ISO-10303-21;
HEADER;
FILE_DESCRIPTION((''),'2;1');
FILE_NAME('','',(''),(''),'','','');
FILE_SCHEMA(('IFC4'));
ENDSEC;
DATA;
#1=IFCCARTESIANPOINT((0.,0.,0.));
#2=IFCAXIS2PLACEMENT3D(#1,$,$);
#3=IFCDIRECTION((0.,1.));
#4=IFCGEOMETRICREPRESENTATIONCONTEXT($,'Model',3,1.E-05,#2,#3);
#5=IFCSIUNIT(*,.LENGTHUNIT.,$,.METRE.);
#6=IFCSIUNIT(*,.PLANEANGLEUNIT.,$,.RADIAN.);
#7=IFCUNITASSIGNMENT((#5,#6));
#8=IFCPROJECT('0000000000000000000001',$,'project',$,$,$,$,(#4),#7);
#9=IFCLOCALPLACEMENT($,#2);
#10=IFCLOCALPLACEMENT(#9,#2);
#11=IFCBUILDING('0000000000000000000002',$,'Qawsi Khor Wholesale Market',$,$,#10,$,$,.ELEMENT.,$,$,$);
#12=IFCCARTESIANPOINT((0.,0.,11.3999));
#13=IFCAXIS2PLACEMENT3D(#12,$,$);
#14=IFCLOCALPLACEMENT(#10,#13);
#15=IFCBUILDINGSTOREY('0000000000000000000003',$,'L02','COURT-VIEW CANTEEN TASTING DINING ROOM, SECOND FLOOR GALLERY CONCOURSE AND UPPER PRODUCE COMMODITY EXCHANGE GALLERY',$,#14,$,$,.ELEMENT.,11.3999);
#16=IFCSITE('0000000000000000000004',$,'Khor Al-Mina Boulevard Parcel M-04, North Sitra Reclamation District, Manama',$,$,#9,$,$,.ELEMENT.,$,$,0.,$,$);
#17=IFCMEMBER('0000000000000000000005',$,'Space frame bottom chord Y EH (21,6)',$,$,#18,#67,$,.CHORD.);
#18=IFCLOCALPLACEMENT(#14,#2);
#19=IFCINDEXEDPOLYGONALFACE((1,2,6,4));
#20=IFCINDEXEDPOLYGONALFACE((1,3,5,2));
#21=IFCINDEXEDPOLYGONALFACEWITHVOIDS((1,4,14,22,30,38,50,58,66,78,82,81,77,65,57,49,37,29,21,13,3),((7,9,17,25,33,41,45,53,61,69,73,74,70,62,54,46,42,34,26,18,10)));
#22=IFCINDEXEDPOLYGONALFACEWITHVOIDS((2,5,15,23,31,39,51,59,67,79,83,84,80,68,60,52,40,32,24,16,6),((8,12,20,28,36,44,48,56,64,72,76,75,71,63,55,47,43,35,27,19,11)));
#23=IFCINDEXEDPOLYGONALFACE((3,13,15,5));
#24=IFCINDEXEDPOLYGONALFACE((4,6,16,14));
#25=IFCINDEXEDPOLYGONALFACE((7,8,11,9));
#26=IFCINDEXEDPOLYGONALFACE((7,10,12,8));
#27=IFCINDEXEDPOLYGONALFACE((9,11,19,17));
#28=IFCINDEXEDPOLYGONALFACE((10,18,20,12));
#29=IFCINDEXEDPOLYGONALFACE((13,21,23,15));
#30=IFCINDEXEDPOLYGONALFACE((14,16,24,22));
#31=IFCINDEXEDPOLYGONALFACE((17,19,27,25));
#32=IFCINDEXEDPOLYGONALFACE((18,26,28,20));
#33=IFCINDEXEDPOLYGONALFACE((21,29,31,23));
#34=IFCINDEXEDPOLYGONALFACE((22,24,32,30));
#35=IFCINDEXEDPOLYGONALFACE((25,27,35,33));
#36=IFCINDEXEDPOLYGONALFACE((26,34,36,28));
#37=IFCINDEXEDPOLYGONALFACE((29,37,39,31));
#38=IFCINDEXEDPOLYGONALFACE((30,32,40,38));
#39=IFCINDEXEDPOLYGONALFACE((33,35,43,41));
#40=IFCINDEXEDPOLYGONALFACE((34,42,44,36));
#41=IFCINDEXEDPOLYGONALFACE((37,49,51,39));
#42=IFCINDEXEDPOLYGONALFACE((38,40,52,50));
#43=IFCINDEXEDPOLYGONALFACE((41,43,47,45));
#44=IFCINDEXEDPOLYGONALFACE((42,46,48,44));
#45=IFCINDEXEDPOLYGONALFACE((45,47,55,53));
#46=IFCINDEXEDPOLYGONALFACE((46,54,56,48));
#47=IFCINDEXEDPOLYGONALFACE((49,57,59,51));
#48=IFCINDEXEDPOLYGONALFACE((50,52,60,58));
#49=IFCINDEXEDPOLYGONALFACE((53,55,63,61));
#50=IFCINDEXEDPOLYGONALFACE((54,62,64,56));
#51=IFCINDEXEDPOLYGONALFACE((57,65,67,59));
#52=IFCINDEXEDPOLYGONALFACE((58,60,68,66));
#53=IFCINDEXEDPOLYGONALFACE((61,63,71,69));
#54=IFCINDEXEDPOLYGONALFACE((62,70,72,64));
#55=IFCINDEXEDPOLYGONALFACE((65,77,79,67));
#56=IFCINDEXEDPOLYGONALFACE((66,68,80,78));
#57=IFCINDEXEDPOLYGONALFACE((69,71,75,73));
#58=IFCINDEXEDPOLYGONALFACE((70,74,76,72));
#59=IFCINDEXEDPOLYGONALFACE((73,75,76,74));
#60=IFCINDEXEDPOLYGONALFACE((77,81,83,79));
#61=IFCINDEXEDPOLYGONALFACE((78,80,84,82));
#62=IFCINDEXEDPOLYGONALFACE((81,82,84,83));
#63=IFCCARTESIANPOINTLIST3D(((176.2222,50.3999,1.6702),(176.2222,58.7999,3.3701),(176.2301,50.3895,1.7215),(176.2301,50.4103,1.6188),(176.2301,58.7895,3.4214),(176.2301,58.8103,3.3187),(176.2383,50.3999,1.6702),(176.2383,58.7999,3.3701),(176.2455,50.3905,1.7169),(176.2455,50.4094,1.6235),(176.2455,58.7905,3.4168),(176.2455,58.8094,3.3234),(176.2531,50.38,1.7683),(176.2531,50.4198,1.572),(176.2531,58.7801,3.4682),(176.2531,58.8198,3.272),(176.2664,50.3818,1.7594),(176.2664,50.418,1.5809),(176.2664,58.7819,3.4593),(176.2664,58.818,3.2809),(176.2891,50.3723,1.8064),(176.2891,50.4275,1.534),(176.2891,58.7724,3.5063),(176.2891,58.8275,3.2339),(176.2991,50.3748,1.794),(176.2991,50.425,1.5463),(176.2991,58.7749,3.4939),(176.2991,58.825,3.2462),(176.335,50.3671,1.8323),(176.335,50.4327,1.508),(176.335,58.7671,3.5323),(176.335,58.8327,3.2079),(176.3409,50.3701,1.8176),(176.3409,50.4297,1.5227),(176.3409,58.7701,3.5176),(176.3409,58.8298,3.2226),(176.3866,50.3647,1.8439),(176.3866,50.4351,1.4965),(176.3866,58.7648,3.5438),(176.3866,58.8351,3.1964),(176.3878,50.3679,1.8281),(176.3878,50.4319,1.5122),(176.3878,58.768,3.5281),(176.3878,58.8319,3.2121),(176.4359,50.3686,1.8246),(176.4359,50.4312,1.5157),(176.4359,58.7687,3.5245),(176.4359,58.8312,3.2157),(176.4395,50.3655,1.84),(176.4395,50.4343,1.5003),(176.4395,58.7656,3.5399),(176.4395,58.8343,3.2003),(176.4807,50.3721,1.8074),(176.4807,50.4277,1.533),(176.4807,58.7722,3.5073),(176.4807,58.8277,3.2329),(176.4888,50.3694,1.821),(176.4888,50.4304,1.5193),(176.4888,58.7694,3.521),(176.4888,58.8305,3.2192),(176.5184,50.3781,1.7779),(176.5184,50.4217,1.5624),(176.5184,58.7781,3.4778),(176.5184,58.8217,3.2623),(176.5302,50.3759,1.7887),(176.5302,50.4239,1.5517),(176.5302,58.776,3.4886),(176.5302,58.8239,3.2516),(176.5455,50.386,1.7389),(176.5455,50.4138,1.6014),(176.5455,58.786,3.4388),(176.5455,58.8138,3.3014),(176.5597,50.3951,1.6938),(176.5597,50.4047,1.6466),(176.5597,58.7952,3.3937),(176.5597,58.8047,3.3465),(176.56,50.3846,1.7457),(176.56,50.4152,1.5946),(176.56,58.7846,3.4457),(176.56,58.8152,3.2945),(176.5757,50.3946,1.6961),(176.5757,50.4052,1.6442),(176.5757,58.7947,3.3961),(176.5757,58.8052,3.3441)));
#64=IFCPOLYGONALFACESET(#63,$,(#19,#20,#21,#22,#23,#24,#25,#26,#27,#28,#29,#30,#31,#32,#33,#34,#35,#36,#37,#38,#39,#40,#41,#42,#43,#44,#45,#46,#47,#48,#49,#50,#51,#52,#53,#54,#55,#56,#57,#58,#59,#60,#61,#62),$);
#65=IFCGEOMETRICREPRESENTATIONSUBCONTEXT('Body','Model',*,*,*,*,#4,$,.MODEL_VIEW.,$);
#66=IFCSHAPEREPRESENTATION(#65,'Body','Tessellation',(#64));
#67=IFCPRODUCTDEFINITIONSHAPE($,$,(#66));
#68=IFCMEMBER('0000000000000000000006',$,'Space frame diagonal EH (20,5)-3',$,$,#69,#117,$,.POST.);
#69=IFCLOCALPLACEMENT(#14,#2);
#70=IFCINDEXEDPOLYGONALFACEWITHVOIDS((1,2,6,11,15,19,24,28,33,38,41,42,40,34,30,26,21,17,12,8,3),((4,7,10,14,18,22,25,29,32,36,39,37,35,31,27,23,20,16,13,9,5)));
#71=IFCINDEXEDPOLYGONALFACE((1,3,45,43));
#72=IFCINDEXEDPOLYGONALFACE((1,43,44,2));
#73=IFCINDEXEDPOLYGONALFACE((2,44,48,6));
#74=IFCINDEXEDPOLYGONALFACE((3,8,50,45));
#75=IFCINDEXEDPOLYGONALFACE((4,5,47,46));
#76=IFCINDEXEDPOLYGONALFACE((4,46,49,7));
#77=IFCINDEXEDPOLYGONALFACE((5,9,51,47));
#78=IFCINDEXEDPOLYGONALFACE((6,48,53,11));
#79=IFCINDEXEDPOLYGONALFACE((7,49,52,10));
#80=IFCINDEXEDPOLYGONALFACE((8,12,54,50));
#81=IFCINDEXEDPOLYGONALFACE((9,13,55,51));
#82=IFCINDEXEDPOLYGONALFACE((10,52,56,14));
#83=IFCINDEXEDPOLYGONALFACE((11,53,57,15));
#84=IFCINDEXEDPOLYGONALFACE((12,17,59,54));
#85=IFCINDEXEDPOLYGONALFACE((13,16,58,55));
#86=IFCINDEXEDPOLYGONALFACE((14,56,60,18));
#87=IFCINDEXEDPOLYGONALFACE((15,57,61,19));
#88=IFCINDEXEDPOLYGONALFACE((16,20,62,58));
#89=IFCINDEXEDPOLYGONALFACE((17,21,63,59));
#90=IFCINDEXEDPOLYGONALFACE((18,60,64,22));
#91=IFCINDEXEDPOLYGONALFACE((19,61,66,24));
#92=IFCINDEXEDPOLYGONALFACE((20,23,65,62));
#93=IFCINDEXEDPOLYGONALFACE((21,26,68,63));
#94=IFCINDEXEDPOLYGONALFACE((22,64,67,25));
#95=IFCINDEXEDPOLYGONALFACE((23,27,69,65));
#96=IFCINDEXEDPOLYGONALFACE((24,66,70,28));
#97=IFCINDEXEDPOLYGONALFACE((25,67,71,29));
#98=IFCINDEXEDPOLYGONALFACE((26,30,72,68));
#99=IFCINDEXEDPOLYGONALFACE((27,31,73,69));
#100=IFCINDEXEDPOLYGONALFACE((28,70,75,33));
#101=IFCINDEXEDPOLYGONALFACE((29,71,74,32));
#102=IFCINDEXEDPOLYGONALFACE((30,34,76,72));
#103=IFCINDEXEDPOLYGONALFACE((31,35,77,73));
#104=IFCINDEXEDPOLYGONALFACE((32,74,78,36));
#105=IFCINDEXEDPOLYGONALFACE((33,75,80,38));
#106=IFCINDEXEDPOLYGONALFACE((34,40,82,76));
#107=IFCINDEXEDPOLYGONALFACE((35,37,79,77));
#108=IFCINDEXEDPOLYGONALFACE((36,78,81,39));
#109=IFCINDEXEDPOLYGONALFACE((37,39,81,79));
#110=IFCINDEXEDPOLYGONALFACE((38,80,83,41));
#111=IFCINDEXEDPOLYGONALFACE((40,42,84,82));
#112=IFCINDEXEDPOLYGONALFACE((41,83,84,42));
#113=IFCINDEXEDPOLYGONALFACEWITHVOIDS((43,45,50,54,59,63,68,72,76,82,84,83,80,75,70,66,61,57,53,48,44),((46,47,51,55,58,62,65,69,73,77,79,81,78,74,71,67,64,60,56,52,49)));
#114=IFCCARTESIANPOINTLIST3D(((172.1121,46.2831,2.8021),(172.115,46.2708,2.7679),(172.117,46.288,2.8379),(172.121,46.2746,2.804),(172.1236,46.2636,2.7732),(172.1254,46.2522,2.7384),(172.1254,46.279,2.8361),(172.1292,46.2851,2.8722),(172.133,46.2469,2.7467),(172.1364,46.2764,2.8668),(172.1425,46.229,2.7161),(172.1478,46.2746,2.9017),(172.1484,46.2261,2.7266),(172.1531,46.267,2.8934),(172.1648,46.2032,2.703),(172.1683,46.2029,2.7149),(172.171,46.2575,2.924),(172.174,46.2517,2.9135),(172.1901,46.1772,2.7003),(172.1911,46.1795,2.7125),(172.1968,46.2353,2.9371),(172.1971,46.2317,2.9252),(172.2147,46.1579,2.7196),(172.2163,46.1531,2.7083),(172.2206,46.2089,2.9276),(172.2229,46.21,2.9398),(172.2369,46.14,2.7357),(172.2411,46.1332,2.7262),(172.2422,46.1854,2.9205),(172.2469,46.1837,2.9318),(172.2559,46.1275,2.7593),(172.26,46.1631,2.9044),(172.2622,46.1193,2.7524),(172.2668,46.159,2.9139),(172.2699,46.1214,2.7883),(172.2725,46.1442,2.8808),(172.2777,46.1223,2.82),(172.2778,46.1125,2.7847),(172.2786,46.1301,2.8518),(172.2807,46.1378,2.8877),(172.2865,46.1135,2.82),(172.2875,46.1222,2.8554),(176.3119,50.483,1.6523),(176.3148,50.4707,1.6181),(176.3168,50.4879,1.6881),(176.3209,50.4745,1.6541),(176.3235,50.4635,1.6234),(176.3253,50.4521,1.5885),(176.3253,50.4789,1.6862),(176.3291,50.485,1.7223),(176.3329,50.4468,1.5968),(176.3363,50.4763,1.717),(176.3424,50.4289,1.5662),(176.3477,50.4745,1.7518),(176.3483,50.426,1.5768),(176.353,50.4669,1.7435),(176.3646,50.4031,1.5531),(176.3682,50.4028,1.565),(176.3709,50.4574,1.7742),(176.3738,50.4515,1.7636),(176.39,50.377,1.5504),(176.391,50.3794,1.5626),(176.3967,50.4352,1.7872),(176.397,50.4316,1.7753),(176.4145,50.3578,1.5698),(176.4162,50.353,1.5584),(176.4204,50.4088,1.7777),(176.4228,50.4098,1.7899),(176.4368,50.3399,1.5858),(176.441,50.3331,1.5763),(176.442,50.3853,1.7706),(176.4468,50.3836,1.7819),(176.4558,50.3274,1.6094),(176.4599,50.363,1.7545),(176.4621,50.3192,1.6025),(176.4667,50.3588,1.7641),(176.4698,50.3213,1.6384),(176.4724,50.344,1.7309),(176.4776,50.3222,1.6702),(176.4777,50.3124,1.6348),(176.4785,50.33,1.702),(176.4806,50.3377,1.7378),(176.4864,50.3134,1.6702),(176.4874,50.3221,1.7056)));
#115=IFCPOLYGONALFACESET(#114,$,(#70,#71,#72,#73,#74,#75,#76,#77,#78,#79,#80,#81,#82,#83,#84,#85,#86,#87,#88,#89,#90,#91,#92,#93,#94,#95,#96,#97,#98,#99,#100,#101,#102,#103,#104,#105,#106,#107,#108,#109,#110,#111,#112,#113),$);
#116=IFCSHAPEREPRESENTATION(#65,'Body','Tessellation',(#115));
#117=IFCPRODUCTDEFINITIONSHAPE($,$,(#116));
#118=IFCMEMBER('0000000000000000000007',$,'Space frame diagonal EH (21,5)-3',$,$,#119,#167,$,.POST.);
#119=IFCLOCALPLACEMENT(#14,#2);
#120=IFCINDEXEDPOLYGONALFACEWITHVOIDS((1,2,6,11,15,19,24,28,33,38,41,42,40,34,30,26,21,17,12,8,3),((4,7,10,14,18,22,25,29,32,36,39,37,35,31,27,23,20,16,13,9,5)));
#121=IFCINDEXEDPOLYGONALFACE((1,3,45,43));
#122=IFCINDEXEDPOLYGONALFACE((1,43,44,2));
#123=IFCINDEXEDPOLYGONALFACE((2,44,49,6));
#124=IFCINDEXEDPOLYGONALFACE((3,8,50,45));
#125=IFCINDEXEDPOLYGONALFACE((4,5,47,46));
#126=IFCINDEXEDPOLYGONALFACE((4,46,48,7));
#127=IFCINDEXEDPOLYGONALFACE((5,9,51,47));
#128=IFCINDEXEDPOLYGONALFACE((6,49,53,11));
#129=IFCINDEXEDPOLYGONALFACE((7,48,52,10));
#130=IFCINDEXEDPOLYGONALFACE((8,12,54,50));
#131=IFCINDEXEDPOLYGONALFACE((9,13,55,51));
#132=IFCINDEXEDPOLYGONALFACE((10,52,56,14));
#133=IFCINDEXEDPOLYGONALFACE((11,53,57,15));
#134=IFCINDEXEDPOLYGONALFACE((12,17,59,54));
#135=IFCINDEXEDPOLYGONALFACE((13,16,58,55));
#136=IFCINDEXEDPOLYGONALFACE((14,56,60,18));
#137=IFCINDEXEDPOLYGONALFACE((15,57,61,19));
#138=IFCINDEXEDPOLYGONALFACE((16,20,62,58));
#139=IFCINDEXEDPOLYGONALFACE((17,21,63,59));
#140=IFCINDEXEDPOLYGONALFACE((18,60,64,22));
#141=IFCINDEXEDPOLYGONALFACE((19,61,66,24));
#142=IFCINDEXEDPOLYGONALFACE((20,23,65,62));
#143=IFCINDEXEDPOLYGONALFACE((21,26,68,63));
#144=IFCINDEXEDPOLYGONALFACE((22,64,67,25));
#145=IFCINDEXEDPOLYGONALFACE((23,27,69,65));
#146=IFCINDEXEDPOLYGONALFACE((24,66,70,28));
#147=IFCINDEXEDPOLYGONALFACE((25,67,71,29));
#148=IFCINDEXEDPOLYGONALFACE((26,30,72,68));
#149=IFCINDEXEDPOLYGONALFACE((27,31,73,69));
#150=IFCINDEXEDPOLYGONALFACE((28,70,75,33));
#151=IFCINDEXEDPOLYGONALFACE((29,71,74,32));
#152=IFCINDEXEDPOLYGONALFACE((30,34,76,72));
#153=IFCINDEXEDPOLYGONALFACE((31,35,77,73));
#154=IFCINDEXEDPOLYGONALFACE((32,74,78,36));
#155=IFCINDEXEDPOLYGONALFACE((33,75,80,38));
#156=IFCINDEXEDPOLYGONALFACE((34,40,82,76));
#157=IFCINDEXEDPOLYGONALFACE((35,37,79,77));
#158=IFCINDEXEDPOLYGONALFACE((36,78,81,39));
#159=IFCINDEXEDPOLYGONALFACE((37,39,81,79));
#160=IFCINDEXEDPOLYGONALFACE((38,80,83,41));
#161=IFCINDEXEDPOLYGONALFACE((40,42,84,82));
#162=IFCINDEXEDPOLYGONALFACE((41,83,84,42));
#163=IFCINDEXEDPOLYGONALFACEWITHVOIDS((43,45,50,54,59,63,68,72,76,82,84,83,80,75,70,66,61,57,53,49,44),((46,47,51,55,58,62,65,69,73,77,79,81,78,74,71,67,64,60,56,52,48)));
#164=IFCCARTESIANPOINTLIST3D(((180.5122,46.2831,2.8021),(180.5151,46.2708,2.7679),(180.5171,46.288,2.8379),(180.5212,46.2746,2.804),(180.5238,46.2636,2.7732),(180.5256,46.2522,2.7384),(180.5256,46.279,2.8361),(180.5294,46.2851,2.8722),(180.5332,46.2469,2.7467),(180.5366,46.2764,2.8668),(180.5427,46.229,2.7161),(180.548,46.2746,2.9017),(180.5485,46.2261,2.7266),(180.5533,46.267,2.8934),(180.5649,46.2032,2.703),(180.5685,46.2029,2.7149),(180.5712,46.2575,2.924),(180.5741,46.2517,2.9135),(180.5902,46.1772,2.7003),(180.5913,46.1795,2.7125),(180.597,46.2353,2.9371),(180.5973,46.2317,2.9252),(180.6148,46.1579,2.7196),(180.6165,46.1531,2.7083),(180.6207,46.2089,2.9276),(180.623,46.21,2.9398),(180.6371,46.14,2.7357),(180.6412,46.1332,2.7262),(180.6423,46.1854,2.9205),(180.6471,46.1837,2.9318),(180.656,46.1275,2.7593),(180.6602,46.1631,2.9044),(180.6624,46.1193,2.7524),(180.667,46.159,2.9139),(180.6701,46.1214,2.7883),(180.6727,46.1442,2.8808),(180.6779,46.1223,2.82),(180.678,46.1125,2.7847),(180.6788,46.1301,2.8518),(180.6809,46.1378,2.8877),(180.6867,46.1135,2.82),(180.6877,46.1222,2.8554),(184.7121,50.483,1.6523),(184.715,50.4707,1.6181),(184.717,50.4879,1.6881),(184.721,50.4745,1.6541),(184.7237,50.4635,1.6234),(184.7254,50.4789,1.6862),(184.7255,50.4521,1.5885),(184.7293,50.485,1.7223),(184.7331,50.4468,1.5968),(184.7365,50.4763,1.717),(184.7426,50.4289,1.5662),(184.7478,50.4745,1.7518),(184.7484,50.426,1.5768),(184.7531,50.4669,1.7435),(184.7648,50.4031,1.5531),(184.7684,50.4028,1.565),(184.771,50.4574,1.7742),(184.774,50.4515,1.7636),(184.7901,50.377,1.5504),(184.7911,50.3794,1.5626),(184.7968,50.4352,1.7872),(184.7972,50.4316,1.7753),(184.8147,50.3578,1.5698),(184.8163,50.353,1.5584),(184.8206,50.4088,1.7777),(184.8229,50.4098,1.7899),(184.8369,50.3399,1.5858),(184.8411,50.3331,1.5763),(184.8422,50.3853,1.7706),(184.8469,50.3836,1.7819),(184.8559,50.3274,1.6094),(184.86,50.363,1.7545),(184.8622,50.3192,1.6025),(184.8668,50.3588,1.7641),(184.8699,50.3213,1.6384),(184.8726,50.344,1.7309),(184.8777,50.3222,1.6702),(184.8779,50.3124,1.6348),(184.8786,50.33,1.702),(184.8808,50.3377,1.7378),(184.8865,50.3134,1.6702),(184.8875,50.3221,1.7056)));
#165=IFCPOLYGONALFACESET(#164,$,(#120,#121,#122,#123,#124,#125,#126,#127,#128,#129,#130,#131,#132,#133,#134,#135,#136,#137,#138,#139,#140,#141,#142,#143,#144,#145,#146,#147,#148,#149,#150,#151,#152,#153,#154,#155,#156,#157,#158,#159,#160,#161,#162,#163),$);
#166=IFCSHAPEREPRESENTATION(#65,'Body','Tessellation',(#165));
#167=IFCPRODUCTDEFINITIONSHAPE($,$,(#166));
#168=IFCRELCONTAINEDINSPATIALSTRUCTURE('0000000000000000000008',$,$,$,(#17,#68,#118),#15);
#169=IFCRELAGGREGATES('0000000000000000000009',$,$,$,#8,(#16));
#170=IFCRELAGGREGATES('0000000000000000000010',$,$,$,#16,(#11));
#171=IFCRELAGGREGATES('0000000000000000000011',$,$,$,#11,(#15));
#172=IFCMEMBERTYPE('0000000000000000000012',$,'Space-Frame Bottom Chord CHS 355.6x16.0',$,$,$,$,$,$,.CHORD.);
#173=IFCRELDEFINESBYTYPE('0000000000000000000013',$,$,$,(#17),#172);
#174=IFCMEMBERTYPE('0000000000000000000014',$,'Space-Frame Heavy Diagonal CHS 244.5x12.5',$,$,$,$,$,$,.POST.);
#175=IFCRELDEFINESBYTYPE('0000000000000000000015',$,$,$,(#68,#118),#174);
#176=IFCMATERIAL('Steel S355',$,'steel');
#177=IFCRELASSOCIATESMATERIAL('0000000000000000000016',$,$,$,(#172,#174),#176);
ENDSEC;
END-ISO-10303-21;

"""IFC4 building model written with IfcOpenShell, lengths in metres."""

from ifc_helpers import new_model, si_unit, direction, frame, origin, origin_2d, place, context, subcontext, project, spatial, hollow_circle, extrude, material, material_profile, profile_set, type_object, element, save


model = new_model("IFC4")

# Units and contexts
model_context = context("Model", 3, precision=1e-05, world=origin(), true_north=direction((0.0, 1.0)))
body_context = subcontext(model_context, "Body", "Model", "MODEL_VIEW")
ifc_project = project(units=[si_unit("LENGTHUNIT", "METRE"), si_unit("PLANEANGLEUNIT", "RADIAN")], contexts=[model_context])

# Site, building, storey
site_placement = place(None, origin())
site = spatial("IfcSite", under=ifc_project, at=site_placement, Name="Khor Al-Mina Boulevard Parcel M-04, North Sitra Reclamation District, Manama", CompositionType="ELEMENT", RefElevation=0.0)
building_placement = place(site_placement, origin())
building = spatial("IfcBuilding", under=site, at=building_placement, Name="Qawsi Khor Wholesale Market", CompositionType="ELEMENT")
storey_placement = place(building_placement, frame((0.0, 0.0, 11.3999)))
storey = spatial("IfcBuildingStorey", under=building, at=storey_placement, Name="L02", Description="COURT-VIEW CANTEEN TASTING DINING ROOM, SECOND FLOOR GALLERY CONCOURSE AND UPPER PRODUCE COMMODITY EXCHANGE GALLERY", CompositionType="ELEMENT", Elevation=11.3999)

# Members
ifc_material_1 = material(Name="Steel S355", Category="steel")
ifc_material_profile_1 = material_profile(ifc_material_1, hollow_circle(Radius=0.1777, WallThickness=0.0161, at=origin_2d()), Name="CHS 355.6x16.0")
ifc_profile_set_1 = profile_set([ifc_material_profile_1], Name="Steel S355")
member_type_1 = type_object("IfcMemberType", Name="Space-Frame Bottom Chord CHS 355.6x16.0", PredefinedType="CHORD", material=ifc_profile_set_1)
member_1_placement = place(storey_placement, frame((176.3999, 50.3999, 1.6702), z_axis=(0.0, 0.980131, 0.198351), x_axis=(-1.0, 0.0, 0.0)))
element("IfcMember", 1, at=member_1_placement, inside=storey, type_object=member_type_1, Name="Space frame bottom chord Y EH (21,6)", PredefinedType="CHORD", context=body_context, shape_type="SweptSolid", body=[
    extrude(hollow_circle(Radius=0.1777, WallThickness=0.0161, at=origin_2d()), origin(), (0.0, 0.0, 1.0), 8.5703),
])
ifc_material_profile_2 = material_profile(ifc_material_1, hollow_circle(Radius=0.1223, WallThickness=0.0125, at=origin_2d()), Name="CHS 244.5x12.5")
ifc_profile_set_2 = profile_set([ifc_material_profile_2], Name="Steel S355")
member_type_2 = type_object("IfcMemberType", Name="Space-Frame Heavy Diagonal CHS 244.5x12.5", PredefinedType="POST", material=ifc_profile_set_2)
for number, where, z_axis, x_axis, name in (
    (2, (176.3999, 50.3999, 1.6702), (-0.694217, -0.694217, 0.190069), (0.707107, -0.707107, 0.0), "Space frame diagonal EH (20,5)-3"),
    (3, (184.8, 50.3999, 1.6702), (-0.694217, -0.694217, 0.190069), (0.707107, -0.707107, 0.0), "Space frame diagonal EH (21,5)-3"),
):
    element("IfcMember", number, at=place(storey_placement, frame(where, z_axis=z_axis, x_axis=x_axis)), inside=storey, type_object=member_type_2, Name=name, PredefinedType="POST", context=body_context, shape_type="SweptSolid", body=[
        extrude(hollow_circle(Radius=0.1223, WallThickness=0.0125, at=origin_2d()), origin(), (0.0, 0.0, 1.0), 6.0498),
    ])

save(model, "model.ifc")
